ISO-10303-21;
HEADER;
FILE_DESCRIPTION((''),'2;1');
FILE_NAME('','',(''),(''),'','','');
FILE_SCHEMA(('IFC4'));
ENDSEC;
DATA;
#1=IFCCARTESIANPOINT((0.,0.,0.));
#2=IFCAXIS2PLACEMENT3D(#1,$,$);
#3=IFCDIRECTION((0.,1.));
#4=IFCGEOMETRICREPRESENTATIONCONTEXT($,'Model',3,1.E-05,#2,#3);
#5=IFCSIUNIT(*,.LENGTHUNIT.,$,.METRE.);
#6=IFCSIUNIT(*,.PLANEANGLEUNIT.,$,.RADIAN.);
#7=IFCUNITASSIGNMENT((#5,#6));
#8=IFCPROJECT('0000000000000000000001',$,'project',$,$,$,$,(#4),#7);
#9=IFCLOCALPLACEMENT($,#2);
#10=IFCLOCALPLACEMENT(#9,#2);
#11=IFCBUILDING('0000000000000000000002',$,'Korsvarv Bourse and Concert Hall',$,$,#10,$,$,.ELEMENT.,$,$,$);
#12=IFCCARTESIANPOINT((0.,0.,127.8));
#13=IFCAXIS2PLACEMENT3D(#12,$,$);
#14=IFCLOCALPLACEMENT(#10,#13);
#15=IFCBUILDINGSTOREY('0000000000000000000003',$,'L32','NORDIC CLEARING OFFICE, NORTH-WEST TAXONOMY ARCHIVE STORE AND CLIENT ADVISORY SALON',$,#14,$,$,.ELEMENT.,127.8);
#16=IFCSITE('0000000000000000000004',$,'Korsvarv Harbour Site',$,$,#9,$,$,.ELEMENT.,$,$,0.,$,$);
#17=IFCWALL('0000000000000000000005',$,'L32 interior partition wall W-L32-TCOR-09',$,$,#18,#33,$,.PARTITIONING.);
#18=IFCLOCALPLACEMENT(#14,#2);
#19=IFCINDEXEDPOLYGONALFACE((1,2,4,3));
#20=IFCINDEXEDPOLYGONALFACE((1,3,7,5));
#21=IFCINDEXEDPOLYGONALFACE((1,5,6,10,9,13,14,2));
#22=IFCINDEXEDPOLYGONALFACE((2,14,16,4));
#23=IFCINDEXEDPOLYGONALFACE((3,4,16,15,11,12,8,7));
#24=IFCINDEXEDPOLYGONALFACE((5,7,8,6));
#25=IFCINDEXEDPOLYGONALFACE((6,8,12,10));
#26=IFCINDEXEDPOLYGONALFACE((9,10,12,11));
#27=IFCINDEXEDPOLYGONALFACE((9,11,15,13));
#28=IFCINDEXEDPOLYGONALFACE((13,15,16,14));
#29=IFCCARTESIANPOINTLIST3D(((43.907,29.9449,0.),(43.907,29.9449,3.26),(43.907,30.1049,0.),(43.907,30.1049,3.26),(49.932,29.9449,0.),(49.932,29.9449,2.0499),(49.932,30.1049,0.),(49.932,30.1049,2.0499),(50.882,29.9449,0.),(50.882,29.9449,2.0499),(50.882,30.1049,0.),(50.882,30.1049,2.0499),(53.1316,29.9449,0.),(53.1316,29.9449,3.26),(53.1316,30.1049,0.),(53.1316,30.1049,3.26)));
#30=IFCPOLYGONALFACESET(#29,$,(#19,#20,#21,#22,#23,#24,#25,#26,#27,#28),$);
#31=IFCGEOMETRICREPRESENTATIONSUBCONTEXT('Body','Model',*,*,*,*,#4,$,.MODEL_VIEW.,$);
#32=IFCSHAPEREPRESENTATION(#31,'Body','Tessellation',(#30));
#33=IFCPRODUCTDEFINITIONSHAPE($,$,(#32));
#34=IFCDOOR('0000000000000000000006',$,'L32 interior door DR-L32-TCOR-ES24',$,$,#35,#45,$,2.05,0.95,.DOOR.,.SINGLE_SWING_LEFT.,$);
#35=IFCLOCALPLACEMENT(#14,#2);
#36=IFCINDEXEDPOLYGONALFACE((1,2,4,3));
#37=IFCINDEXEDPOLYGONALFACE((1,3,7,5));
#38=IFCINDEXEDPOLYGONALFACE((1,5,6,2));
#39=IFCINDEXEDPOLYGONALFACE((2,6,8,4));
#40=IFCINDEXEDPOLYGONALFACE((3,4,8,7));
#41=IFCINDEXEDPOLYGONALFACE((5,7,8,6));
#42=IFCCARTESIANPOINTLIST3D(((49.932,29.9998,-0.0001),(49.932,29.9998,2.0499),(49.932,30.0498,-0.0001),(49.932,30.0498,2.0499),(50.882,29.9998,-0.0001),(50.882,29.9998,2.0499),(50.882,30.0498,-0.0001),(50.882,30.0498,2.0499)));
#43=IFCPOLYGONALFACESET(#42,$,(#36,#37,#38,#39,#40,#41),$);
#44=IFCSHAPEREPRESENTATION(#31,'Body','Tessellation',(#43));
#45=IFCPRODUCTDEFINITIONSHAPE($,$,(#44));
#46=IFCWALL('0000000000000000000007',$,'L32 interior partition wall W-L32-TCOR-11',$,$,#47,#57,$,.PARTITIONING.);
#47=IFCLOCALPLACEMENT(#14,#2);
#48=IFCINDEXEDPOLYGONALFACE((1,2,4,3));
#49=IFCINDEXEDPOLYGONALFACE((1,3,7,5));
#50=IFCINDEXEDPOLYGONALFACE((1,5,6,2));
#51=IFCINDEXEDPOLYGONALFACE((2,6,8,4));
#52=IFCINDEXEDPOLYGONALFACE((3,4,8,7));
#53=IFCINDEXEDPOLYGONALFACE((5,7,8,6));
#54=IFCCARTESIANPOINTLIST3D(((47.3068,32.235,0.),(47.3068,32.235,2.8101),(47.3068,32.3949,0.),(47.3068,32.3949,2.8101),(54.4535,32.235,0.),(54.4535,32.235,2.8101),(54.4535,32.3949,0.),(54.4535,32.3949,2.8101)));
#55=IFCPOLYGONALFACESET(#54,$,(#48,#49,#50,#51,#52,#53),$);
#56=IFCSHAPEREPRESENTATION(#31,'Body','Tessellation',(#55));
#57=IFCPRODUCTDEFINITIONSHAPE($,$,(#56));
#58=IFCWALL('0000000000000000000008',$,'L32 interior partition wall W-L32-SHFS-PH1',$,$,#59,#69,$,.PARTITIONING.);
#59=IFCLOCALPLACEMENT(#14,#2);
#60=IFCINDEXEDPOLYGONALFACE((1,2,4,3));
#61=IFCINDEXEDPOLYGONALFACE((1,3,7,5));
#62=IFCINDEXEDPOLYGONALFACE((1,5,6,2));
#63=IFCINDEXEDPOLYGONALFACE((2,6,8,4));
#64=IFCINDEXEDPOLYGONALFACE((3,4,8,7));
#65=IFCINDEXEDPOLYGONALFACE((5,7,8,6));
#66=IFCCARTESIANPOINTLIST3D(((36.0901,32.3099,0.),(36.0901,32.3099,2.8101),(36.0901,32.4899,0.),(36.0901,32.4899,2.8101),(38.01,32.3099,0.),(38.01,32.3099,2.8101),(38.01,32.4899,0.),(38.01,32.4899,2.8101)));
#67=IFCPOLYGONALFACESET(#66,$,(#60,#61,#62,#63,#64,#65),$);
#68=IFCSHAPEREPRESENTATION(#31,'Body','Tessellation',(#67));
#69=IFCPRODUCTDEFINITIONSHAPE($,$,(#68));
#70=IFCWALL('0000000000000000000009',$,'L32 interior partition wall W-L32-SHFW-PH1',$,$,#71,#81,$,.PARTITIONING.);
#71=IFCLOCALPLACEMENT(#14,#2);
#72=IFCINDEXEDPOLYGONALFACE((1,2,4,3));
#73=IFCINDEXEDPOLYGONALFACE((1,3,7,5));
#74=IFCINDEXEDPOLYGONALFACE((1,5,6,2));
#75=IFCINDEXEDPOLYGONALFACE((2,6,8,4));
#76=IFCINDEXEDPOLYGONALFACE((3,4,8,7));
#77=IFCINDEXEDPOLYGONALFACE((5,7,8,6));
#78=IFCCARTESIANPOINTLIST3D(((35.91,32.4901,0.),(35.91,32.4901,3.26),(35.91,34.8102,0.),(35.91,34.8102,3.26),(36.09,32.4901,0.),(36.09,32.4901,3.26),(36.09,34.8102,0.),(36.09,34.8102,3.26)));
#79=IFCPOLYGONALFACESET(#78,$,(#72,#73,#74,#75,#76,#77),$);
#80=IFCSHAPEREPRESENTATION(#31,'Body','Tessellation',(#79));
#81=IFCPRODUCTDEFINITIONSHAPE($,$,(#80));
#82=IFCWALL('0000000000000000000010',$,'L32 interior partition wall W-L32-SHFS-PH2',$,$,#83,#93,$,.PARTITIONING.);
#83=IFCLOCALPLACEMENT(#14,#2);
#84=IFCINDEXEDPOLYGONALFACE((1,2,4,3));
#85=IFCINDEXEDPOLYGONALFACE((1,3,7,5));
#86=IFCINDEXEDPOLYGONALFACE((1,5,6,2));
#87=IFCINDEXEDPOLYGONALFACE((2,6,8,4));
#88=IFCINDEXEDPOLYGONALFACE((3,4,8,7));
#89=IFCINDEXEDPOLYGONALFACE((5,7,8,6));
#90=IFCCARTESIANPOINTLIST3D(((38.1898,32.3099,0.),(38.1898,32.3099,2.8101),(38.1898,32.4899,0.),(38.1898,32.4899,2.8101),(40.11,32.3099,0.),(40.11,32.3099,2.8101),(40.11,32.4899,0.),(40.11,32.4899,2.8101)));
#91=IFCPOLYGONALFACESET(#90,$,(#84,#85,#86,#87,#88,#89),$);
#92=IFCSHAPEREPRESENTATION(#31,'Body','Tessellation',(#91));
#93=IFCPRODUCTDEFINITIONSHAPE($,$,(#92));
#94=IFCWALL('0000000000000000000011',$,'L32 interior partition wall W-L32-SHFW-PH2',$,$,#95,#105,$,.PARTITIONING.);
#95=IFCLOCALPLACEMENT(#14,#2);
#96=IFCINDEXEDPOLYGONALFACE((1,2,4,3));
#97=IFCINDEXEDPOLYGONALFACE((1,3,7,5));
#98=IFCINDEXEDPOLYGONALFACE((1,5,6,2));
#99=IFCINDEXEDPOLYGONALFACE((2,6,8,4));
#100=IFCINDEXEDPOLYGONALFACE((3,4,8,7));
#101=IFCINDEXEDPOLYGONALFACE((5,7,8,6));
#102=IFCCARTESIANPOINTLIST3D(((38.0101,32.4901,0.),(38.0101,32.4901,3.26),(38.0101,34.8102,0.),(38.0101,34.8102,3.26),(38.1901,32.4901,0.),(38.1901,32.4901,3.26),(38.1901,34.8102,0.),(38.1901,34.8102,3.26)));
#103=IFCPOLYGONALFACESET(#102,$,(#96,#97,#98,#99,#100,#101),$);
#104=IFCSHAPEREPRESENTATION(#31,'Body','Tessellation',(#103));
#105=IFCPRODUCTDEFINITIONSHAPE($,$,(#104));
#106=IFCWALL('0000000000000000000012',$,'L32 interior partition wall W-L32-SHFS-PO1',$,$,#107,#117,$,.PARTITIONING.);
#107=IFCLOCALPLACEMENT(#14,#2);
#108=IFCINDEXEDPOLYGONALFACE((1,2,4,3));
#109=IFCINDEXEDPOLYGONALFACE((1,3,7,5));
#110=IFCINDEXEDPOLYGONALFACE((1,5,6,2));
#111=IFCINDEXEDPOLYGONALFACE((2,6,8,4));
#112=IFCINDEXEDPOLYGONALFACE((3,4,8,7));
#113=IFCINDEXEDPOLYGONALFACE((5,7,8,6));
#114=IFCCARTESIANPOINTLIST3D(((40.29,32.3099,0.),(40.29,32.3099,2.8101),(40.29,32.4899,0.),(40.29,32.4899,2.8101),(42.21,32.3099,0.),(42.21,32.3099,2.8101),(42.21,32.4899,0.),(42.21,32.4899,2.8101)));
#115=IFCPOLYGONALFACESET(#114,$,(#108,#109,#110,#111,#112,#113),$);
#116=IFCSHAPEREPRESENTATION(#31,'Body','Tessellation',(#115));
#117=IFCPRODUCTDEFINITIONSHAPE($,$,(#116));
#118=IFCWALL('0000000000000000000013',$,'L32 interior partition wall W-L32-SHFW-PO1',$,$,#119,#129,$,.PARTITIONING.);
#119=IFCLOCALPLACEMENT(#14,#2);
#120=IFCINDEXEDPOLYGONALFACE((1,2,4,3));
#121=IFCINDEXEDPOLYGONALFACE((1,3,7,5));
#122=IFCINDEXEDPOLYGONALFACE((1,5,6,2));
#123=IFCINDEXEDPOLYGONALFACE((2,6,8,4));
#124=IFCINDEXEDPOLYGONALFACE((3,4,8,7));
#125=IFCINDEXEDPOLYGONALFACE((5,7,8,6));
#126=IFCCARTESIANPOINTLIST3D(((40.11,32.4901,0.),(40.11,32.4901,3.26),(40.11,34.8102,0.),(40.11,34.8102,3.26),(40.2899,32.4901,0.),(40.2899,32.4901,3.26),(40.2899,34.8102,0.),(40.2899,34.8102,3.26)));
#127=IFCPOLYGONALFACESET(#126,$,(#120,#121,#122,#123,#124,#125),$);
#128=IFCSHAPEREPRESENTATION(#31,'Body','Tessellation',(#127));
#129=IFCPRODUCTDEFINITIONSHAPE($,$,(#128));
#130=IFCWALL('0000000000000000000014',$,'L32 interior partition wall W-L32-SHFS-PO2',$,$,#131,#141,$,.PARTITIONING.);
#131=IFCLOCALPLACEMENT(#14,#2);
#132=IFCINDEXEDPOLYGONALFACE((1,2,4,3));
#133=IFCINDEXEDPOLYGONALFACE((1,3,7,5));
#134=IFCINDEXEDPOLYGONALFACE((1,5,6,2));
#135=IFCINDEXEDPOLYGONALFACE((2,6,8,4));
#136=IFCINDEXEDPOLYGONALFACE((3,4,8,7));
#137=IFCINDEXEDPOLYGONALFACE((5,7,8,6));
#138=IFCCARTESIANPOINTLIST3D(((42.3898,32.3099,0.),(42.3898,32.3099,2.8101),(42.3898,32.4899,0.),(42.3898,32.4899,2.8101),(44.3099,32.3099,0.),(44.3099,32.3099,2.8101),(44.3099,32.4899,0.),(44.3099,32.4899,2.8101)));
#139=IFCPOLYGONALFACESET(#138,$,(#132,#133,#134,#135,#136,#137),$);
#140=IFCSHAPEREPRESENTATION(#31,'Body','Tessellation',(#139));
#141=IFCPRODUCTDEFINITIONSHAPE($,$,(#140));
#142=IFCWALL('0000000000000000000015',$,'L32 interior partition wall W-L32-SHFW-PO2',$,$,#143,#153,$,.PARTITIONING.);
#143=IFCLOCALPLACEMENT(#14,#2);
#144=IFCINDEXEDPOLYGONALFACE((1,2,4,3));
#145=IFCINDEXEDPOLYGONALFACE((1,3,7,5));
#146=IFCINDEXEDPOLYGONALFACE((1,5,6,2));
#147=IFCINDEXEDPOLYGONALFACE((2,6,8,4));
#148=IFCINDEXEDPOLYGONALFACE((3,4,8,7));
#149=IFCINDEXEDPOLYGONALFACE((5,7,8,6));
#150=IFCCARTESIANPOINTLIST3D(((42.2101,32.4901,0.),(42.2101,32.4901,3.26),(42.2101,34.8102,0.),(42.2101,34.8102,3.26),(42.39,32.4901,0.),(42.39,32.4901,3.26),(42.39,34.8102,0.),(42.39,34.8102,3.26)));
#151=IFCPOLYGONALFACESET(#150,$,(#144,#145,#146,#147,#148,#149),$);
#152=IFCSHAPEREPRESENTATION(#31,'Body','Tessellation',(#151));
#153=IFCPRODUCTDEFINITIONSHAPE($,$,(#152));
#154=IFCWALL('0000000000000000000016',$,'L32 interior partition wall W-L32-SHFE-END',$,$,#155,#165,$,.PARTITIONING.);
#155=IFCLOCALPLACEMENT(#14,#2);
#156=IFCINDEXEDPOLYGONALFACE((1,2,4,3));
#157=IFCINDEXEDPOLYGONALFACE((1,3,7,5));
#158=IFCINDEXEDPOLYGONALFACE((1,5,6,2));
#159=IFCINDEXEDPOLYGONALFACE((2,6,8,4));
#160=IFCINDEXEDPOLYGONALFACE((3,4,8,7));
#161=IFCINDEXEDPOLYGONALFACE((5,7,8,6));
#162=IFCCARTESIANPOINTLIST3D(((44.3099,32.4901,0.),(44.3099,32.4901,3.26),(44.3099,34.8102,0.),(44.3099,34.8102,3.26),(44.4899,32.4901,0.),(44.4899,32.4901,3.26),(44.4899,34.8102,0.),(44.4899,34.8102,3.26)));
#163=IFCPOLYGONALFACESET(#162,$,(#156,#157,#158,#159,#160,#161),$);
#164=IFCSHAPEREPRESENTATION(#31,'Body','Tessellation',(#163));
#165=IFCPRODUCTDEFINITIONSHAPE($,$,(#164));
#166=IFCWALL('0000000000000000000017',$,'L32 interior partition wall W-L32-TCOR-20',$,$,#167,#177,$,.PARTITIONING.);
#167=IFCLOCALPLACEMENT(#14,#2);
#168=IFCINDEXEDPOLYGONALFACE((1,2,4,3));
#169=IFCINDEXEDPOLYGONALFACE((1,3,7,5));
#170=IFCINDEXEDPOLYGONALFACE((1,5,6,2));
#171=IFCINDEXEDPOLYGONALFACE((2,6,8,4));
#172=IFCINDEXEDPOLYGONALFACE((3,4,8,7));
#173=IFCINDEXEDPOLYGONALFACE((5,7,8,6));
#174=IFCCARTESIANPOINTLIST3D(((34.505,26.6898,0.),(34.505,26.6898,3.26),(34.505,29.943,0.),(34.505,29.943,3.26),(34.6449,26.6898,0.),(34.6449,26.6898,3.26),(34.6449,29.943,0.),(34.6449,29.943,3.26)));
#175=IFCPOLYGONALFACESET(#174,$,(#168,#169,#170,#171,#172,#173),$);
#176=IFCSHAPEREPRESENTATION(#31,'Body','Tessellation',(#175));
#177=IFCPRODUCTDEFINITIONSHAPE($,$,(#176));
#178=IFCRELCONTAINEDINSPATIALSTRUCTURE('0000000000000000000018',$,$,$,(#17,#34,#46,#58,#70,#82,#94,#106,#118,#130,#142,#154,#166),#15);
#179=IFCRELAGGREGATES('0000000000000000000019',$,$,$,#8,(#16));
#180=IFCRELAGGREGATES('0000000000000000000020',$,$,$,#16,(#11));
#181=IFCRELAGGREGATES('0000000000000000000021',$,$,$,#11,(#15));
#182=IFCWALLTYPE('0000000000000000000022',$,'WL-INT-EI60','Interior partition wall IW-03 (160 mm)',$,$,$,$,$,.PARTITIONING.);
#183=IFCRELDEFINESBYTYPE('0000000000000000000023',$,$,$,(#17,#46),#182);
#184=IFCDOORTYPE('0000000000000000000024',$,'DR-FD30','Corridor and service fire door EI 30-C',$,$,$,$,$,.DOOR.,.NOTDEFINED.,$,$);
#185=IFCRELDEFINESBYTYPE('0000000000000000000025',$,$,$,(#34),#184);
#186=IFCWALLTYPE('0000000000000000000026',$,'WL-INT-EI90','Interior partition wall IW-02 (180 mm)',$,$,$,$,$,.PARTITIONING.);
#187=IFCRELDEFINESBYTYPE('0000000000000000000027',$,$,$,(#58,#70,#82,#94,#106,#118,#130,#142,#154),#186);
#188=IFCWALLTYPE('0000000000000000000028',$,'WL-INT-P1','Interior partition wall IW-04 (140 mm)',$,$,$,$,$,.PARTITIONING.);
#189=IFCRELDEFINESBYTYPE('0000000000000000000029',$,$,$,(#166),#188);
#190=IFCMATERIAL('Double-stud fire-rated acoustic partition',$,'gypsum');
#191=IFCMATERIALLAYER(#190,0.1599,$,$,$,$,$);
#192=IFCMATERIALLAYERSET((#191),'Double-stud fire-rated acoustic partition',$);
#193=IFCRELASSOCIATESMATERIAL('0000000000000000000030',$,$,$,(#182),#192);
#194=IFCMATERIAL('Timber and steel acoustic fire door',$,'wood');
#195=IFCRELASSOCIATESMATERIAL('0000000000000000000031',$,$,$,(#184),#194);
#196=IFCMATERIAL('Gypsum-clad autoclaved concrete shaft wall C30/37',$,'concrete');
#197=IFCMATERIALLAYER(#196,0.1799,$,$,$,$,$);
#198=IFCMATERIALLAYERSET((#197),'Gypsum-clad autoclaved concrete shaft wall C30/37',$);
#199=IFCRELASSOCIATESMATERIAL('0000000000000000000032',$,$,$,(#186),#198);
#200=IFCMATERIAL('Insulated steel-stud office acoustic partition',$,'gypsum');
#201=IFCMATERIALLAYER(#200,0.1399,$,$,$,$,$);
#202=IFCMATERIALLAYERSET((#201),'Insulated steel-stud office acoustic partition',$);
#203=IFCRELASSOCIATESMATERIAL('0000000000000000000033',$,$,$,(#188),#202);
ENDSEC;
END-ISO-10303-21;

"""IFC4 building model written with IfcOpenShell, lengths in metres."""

from ifc_helpers import new_model, si_unit, direction, frame, frame_2d, origin, place, context, subcontext, project, spatial, rectangle, extrude, material, layer, layer_set, type_object, element, fill, save


model = new_model("IFC4")

# Units and contexts
model_context = context("Model", 3, precision=1e-05, world=origin(), true_north=direction((0.0, 1.0)))
body_context = subcontext(model_context, "Body", "Model", "MODEL_VIEW")
ifc_project = project(units=[si_unit("LENGTHUNIT", "METRE"), si_unit("PLANEANGLEUNIT", "RADIAN")], contexts=[model_context])

# Site, building, storey
site_placement = place(None, origin())
site = spatial("IfcSite", under=ifc_project, at=site_placement, Name="Korsvarv Harbour Site", CompositionType="ELEMENT", RefElevation=0.0)
building_placement = place(site_placement, origin())
building = spatial("IfcBuilding", under=site, at=building_placement, Name="Korsvarv Bourse and Concert Hall", CompositionType="ELEMENT")
storey_placement = place(building_placement, frame((0.0, 0.0, 127.8)))
storey = spatial("IfcBuildingStorey", under=building, at=storey_placement, Name="L32", Description="NORDIC CLEARING OFFICE, NORTH-WEST TAXONOMY ARCHIVE STORE AND CLIENT ADVISORY SALON", CompositionType="ELEMENT", Elevation=127.8)

# Shared definitions
ifc_material_1 = material(Name="Double-stud fire-rated acoustic partition", Category="gypsum")
ifc_layer_1 = layer(ifc_material_1, 0.1599)
ifc_layer_set_1 = layer_set([ifc_layer_1], Name="Double-stud fire-rated acoustic partition")
wall_type_1 = type_object("IfcWallType", Name="WL-INT-EI60", Description="Interior partition wall IW-03 (160 mm)", PredefinedType="PARTITIONING", material=ifc_layer_set_1)
ifc_material_2 = material(Name="Timber and steel acoustic fire door", Category="wood")
door_type = type_object("IfcDoorType", Name="DR-FD30", Description="Corridor and service fire door EI 30-C", OperationType="NOTDEFINED", PredefinedType="DOOR", material=ifc_material_2)

# Wall, opening, door
wall_1_placement = place(storey_placement, frame((43.907, 30.0249, 0.0), z_axis=(0.0, 0.0, 1.0), x_axis=(1.0, 0.0, 0.0)))
wall_1 = element("IfcWall", 1, at=wall_1_placement, inside=storey, type_object=wall_type_1, Name="L32 interior partition wall W-L32-TCOR-09", PredefinedType="PARTITIONING", context=body_context, shape_type="SweptSolid", body=[
    extrude(rectangle(XDim=9.2246, YDim=0.1599, at=frame_2d((4.6123, 0.0))), origin(), (0.0, 0.0, 1.0), 3.26),
])
opening_1_placement = place(wall_1_placement, frame((6.0249, 0.0, 0.0)))
opening_1 = element("IfcOpeningElement", 2, at=opening_1_placement, cuts=wall_1, PredefinedType="OPENING", context=body_context, shape_type="SweptSolid", body=[
    extrude(rectangle(XDim=0.95, YDim=2.05, at=frame_2d((0.4751, 1.0249))), frame((0.0, 0.0898, 0.0), z_axis=(0.0, -1.0, 0.0), x_axis=(1.0, 0.0, 0.0)), (0.0, 0.0, 1.0), 0.1799),
])
door_1_placement = place(opening_1_placement, origin())
door_1 = element("IfcDoor", 3, at=door_1_placement, inside=storey, type_object=door_type, Name="L32 interior door DR-L32-TCOR-ES24", OperationType="SINGLE_SWING_LEFT", OverallHeight=2.05, OverallWidth=0.95, PredefinedType="DOOR", context=body_context, shape_type="SweptSolid", body=[
    extrude(rectangle(XDim=0.95, YDim=2.05, at=frame_2d((0.4751, 1.0249))), frame((0.0, 0.0249, 0.0), z_axis=(0.0, -1.0, 0.0), x_axis=(1.0, 0.0, 0.0)), (0.0, 0.0, 1.0), 0.05),
])
fill(opening_1, door_1)

# Walls
wall_2_placement = place(storey_placement, frame((47.3069, 32.3149, 0.0), z_axis=(0.0, 0.0, 1.0), x_axis=(1.0, 0.0, 0.0)))
element("IfcWall", 4, at=wall_2_placement, inside=storey, type_object=wall_type_1, Name="L32 interior partition wall W-L32-TCOR-11", PredefinedType="PARTITIONING", context=body_context, shape_type="SweptSolid", body=[
    extrude(rectangle(XDim=7.1467, YDim=0.1599, at=frame_2d((3.5732, 0.0))), origin(), (0.0, 0.0, 1.0), 2.8101),
])
ifc_material_3 = material(Name="Gypsum-clad autoclaved concrete shaft wall C30/37", Category="concrete")
ifc_layer_2 = layer(ifc_material_3, 0.1799)
ifc_layer_set_2 = layer_set([ifc_layer_2], Name="Gypsum-clad autoclaved concrete shaft wall C30/37")
wall_type_2 = type_object("IfcWallType", Name="WL-INT-EI90", Description="Interior partition wall IW-02 (180 mm)", PredefinedType="PARTITIONING", material=ifc_layer_set_2)
wall_3_placement = place(storey_placement, frame((36.0901, 32.3999, 0.0), z_axis=(0.0, 0.0, 1.0), x_axis=(1.0, 0.0, 0.0)))
element("IfcWall", 5, at=wall_3_placement, inside=storey, type_object=wall_type_2, Name="L32 interior partition wall W-L32-SHFS-PH1", PredefinedType="PARTITIONING", context=body_context, shape_type="SweptSolid", body=[
    extrude(rectangle(XDim=1.9199, YDim=0.1799, at=frame_2d((0.96, 0.0))), origin(), (0.0, 0.0, 1.0), 2.8101),
])
wall_4_placement = place(storey_placement, frame((36.0, 32.49, 0.0), z_axis=(0.0, 0.0, 1.0), x_axis=(0.0, 1.0, 0.0)))
element("IfcWall", 6, at=wall_4_placement, inside=storey, type_object=wall_type_2, Name="L32 interior partition wall W-L32-SHFW-PH1", PredefinedType="PARTITIONING", context=body_context, shape_type="SweptSolid", body=[
    extrude(rectangle(XDim=2.3201, YDim=0.1799, at=frame_2d((1.1602, 0.0))), origin(), (0.0, 0.0, 1.0), 3.26),
])
wall_5_placement = place(storey_placement, frame((38.1899, 32.3999, 0.0), z_axis=(0.0, 0.0, 1.0), x_axis=(1.0, 0.0, 0.0)))
element("IfcWall", 7, at=wall_5_placement, inside=storey, type_object=wall_type_2, Name="L32 interior partition wall W-L32-SHFS-PH2", PredefinedType="PARTITIONING", context=body_context, shape_type="SweptSolid", body=[
    extrude(rectangle(XDim=1.9202, YDim=0.1799, at=frame_2d((0.96, 0.0))), origin(), (0.0, 0.0, 1.0), 2.8101),
])
wall_6_placement = place(storey_placement, frame((38.1001, 32.49, 0.0), z_axis=(0.0, 0.0, 1.0), x_axis=(0.0, 1.0, 0.0)))
element("IfcWall", 8, at=wall_6_placement, inside=storey, type_object=wall_type_2, Name="L32 interior partition wall W-L32-SHFW-PH2", PredefinedType="PARTITIONING", context=body_context, shape_type="SweptSolid", body=[
    extrude(rectangle(XDim=2.3201, YDim=0.1799, at=frame_2d((1.1602, 0.0))), origin(), (0.0, 0.0, 1.0), 3.26),
])
wall_7_placement = place(storey_placement, frame((40.29, 32.3999, 0.0), z_axis=(0.0, 0.0, 1.0), x_axis=(1.0, 0.0, 0.0)))
element("IfcWall", 9, at=wall_7_placement, inside=storey, type_object=wall_type_2, Name="L32 interior partition wall W-L32-SHFS-PO1", PredefinedType="PARTITIONING", context=body_context, shape_type="SweptSolid", body=[
    extrude(rectangle(XDim=1.9199, YDim=0.1799, at=frame_2d((0.96, 0.0))), origin(), (0.0, 0.0, 1.0), 2.8101),
])
wall_8_placement = place(storey_placement, frame((40.2, 32.49, 0.0), z_axis=(0.0, 0.0, 1.0), x_axis=(0.0, 1.0, 0.0)))
element("IfcWall", 10, at=wall_8_placement, inside=storey, type_object=wall_type_2, Name="L32 interior partition wall W-L32-SHFW-PO1", PredefinedType="PARTITIONING", context=body_context, shape_type="SweptSolid", body=[
    extrude(rectangle(XDim=2.3201, YDim=0.1799, at=frame_2d((1.1602, 0.0))), origin(), (0.0, 0.0, 1.0), 3.26),
])
wall_9_placement = place(storey_placement, frame((42.3899, 32.3999, 0.0), z_axis=(0.0, 0.0, 1.0), x_axis=(1.0, 0.0, 0.0)))
element("IfcWall", 11, at=wall_9_placement, inside=storey, type_object=wall_type_2, Name="L32 interior partition wall W-L32-SHFS-PO2", PredefinedType="PARTITIONING", context=body_context, shape_type="SweptSolid", body=[
    extrude(rectangle(XDim=1.9202, YDim=0.1799, at=frame_2d((0.96, 0.0))), origin(), (0.0, 0.0, 1.0), 2.8101),
])
for number, where, z_axis, x_axis, name in (
    (12, (42.3, 32.49, 0.0), (0.0, 0.0, 1.0), (0.0, 1.0, 0.0), "L32 interior partition wall W-L32-SHFW-PO2"),
    (13, (44.3999, 32.49, 0.0), (0.0, 0.0, 1.0), (0.0, 1.0, 0.0), "L32 interior partition wall W-L32-SHFE-END"),
):
    element("IfcWall", number, at=place(storey_placement, frame(where, z_axis=z_axis, x_axis=x_axis)), inside=storey, type_object=wall_type_2, Name=name, PredefinedType="PARTITIONING", context=body_context, shape_type="SweptSolid", body=[
        extrude(rectangle(XDim=2.3201, YDim=0.1799, at=frame_2d((1.1602, 0.0))), origin(), (0.0, 0.0, 1.0), 3.26),
    ])
ifc_material_4 = material(Name="Insulated steel-stud office acoustic partition", Category="gypsum")
ifc_layer_3 = layer(ifc_material_4, 0.1399)
ifc_layer_set_3 = layer_set([ifc_layer_3], Name="Insulated steel-stud office acoustic partition")
wall_type_3 = type_object("IfcWallType", Name="WL-INT-P1", Description="Interior partition wall IW-04 (140 mm)", PredefinedType="PARTITIONING", material=ifc_layer_set_3)
wall_10_placement = place(storey_placement, frame((34.575, 26.6899, 0.0), z_axis=(0.0, 0.0, 1.0), x_axis=(0.0, 1.0, 0.0)))
element("IfcWall", 14, at=wall_10_placement, inside=storey, type_object=wall_type_3, Name="L32 interior partition wall W-L32-TCOR-20", PredefinedType="PARTITIONING", context=body_context, shape_type="SweptSolid", body=[
    extrude(rectangle(XDim=3.2532, YDim=0.1399, at=frame_2d((1.6265, 0.0))), origin(), (0.0, 0.0, 1.0), 3.26),
])

save(model, "model.ifc")
